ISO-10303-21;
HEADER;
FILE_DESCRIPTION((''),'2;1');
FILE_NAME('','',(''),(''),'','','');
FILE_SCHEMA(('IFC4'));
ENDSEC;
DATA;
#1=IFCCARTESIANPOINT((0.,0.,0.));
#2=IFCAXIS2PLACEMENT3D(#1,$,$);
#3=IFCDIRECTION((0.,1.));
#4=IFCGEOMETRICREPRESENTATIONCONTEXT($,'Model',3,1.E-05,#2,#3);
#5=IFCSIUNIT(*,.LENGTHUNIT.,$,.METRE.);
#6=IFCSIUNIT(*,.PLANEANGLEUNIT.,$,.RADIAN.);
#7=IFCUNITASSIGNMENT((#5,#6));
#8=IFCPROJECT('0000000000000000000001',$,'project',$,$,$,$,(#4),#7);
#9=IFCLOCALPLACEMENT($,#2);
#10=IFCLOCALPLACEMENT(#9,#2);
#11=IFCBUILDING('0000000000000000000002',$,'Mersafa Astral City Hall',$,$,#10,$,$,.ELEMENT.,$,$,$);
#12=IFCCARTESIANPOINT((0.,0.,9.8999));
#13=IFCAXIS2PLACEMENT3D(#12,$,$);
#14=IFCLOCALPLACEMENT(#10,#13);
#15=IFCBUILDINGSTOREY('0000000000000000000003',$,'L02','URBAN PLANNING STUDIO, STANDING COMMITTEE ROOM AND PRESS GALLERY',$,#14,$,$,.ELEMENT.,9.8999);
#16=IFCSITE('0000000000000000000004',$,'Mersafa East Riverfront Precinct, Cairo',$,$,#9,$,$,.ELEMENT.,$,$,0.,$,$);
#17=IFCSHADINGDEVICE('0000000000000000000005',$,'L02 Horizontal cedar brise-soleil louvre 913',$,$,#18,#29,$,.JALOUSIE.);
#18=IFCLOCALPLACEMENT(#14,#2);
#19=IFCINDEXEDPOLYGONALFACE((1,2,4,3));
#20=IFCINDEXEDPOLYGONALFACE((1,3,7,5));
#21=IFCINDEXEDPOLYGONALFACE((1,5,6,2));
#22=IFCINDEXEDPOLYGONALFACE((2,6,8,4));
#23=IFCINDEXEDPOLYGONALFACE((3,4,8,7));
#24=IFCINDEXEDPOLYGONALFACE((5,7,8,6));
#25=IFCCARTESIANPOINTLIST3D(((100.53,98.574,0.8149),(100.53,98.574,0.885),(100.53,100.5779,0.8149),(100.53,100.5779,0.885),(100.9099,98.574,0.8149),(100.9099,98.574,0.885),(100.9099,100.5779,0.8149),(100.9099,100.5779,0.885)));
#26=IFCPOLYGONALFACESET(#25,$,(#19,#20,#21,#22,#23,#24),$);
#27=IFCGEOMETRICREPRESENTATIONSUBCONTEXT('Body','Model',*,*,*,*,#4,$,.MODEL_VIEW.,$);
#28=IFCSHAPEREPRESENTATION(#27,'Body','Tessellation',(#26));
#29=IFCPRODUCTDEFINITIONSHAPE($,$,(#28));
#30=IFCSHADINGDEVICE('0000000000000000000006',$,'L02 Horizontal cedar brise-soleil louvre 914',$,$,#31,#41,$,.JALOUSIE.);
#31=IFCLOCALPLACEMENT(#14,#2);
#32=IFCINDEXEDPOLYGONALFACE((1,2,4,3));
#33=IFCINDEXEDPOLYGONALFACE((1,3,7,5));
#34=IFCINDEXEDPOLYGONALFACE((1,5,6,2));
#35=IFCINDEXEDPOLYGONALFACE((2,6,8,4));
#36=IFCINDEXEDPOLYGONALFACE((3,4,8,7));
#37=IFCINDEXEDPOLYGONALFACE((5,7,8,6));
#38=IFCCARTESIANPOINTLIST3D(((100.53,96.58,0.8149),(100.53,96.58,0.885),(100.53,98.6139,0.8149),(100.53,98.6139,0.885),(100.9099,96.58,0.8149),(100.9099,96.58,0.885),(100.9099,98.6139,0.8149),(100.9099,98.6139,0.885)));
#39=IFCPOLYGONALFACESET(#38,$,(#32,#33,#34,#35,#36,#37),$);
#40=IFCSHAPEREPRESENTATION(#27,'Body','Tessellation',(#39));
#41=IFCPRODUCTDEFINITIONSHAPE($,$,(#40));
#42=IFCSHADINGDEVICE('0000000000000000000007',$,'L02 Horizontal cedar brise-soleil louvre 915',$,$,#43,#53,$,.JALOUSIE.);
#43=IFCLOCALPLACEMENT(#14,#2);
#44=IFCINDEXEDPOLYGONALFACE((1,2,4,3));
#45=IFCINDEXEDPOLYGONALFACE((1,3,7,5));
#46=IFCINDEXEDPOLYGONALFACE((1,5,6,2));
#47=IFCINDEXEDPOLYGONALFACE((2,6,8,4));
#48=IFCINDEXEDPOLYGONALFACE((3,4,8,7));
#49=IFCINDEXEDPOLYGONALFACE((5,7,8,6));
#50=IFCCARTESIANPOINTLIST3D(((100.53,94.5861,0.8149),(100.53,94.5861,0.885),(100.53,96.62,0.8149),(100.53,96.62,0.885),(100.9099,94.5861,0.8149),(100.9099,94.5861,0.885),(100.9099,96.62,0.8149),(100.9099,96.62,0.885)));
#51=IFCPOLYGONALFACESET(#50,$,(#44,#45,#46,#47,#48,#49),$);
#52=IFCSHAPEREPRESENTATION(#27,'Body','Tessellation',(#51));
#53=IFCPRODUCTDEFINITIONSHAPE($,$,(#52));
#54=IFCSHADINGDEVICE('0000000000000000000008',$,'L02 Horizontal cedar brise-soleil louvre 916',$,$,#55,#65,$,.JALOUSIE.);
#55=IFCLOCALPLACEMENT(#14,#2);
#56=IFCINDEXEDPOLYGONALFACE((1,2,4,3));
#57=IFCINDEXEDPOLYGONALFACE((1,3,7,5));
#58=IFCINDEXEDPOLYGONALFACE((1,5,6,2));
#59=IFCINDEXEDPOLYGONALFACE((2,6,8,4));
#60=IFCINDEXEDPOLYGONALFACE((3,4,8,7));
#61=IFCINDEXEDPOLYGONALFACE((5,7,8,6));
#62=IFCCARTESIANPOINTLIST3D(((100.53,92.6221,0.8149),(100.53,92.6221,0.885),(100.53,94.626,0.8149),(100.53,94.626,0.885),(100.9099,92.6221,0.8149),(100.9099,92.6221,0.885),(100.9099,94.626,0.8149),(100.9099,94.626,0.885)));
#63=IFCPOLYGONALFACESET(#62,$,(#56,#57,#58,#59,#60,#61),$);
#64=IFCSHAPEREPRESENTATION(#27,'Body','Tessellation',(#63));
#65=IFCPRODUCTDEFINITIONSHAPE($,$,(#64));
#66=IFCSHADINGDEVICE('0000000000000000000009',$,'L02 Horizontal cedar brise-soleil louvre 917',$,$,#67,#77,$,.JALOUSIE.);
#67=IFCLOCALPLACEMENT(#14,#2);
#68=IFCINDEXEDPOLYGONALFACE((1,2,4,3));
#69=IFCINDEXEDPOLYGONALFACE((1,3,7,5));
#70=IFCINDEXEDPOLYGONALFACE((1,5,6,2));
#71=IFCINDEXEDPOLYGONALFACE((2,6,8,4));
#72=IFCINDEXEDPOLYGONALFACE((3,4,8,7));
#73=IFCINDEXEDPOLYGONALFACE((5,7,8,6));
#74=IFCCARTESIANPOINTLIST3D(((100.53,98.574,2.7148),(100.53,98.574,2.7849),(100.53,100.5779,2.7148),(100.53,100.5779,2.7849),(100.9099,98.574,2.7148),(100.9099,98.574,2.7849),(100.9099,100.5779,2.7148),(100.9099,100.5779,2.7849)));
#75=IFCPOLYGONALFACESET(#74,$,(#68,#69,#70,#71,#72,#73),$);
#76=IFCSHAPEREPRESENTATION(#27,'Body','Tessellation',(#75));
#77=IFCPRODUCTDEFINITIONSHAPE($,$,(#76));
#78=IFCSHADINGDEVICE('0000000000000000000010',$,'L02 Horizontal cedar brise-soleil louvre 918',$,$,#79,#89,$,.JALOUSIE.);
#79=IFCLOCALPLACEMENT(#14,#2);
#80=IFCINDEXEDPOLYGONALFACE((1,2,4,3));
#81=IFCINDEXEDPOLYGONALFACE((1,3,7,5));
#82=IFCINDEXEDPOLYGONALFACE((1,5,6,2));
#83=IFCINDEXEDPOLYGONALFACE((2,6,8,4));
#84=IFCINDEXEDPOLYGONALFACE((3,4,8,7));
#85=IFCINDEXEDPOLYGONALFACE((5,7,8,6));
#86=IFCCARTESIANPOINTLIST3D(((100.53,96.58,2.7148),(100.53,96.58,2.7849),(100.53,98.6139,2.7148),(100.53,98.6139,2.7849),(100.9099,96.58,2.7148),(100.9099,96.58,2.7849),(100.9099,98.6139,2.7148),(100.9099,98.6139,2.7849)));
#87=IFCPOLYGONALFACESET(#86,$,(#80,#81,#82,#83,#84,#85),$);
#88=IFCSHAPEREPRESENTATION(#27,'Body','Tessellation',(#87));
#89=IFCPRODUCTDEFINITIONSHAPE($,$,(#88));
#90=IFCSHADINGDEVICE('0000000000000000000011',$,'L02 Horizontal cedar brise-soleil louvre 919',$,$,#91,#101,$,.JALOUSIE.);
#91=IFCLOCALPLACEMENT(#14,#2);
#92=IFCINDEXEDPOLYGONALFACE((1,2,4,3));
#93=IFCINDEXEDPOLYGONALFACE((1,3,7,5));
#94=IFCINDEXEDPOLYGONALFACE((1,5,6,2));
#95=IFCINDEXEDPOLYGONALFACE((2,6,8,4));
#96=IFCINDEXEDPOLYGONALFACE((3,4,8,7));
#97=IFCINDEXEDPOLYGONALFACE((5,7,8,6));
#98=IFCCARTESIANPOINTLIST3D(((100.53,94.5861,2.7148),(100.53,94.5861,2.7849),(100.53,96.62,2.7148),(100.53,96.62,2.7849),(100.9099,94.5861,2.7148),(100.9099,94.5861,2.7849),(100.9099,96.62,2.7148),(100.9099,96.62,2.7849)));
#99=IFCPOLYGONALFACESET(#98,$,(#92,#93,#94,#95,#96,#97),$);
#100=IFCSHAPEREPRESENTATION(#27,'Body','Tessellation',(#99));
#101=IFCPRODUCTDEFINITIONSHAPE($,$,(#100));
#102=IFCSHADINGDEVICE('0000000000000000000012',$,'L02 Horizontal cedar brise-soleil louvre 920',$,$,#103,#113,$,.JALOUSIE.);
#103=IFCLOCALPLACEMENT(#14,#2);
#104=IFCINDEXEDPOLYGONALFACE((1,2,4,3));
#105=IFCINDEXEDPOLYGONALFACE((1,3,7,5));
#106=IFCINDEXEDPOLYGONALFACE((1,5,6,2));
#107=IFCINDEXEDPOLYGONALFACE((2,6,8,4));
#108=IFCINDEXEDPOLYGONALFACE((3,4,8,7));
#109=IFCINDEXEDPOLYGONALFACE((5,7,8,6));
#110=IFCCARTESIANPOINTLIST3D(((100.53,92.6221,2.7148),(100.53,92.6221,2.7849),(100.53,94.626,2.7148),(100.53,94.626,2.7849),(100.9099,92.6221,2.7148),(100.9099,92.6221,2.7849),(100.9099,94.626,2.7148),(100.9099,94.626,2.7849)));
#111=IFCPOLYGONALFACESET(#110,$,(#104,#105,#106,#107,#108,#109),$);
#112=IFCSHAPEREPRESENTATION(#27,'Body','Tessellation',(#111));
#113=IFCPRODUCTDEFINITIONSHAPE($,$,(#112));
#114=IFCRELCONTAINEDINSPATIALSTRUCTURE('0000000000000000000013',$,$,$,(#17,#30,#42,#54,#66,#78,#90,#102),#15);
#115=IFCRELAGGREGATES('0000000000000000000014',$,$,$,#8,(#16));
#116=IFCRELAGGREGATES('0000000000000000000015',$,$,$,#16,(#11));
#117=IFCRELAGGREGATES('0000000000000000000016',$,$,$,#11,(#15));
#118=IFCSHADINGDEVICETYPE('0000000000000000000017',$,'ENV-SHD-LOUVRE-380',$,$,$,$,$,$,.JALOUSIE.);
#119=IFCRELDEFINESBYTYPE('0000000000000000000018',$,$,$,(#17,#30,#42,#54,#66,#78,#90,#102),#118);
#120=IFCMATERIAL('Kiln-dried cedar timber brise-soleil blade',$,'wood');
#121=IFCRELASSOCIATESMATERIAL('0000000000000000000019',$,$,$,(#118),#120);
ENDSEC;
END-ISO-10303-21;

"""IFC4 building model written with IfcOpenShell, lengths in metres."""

from ifc_helpers import new_model, si_unit, direction, frame, origin, origin_2d, place, context, subcontext, project, spatial, rectangle, extrude, material, type_object, element, save


model = new_model("IFC4")

# Units and contexts
model_context = context("Model", 3, precision=1e-05, world=origin(), true_north=direction((0.0, 1.0)))
body_context = subcontext(model_context, "Body", "Model", "MODEL_VIEW")
ifc_project = project(units=[si_unit("LENGTHUNIT", "METRE"), si_unit("PLANEANGLEUNIT", "RADIAN")], contexts=[model_context])

# Site, building, storey
site_placement = place(None, origin())
site = spatial("IfcSite", under=ifc_project, at=site_placement, Name="Mersafa East Riverfront Precinct, Cairo", CompositionType="ELEMENT", RefElevation=0.0)
building_placement = place(site_placement, origin())
building = spatial("IfcBuilding", under=site, at=building_placement, Name="Mersafa Astral City Hall", CompositionType="ELEMENT")
storey_placement = place(building_placement, frame((0.0, 0.0, 9.8999)))
storey = spatial("IfcBuildingStorey", under=building, at=storey_placement, Name="L02", Description="URBAN PLANNING STUDIO, STANDING COMMITTEE ROOM AND PRESS GALLERY", CompositionType="ELEMENT", Elevation=9.8999)

# Shading devices
ifc_material_1 = material(Name="Kiln-dried cedar timber brise-soleil blade", Category="wood")
shading_device_type = type_object("IfcShadingDeviceType", Name="ENV-SHD-LOUVRE-380", PredefinedType="JALOUSIE", material=ifc_material_1)
shading_device_1_placement = place(storey_placement, frame((100.72, 99.5759, 0.8149), z_axis=(0.0, 0.0, 1.0), x_axis=(0.0, -1.0, 0.0)))
element("IfcShadingDevice", 1, at=shading_device_1_placement, inside=storey, type_object=shading_device_type, Name="L02 Horizontal cedar brise-soleil louvre 913", PredefinedType="JALOUSIE", context=body_context, shape_type="SweptSolid", body=[
    extrude(rectangle(XDim=2.0039, YDim=0.3799, at=origin_2d()), origin(), (0.0, 0.0, 1.0), 0.0701),
])
for number, where, z_axis, x_axis, name in (
    (2, (100.72, 97.5969, 0.8149), (0.0, 0.0, 1.0), (0.0, -1.0, 0.0), "L02 Horizontal cedar brise-soleil louvre 914"),
    (3, (100.72, 95.603, 0.8149), (0.0, 0.0, 1.0), (0.0, -1.0, 0.0), "L02 Horizontal cedar brise-soleil louvre 915"),
):
    element("IfcShadingDevice", number, at=place(storey_placement, frame(where, z_axis=z_axis, x_axis=x_axis)), inside=storey, type_object=shading_device_type, Name=name, PredefinedType="JALOUSIE", context=body_context, shape_type="SweptSolid", body=[
        extrude(rectangle(XDim=2.0339, YDim=0.3799, at=origin_2d()), origin(), (0.0, 0.0, 1.0), 0.0701),
    ])
for number, where, z_axis, x_axis, name in (
    (4, (100.72, 93.624, 0.8149), (0.0, 0.0, 1.0), (0.0, -1.0, 0.0), "L02 Horizontal cedar brise-soleil louvre 916"),
    (5, (100.72, 99.5759, 2.7148), (0.0, 0.0, 1.0), (0.0, -1.0, 0.0), "L02 Horizontal cedar brise-soleil louvre 917"),
):
    element("IfcShadingDevice", number, at=place(storey_placement, frame(where, z_axis=z_axis, x_axis=x_axis)), inside=storey, type_object=shading_device_type, Name=name, PredefinedType="JALOUSIE", context=body_context, shape_type="SweptSolid", body=[
        extrude(rectangle(XDim=2.0039, YDim=0.3799, at=origin_2d()), origin(), (0.0, 0.0, 1.0), 0.0701),
    ])
for number, where, z_axis, x_axis, name in (
    (6, (100.72, 97.5969, 2.7148), (0.0, 0.0, 1.0), (0.0, -1.0, 0.0), "L02 Horizontal cedar brise-soleil louvre 918"),
    (7, (100.72, 95.603, 2.7148), (0.0, 0.0, 1.0), (0.0, -1.0, 0.0), "L02 Horizontal cedar brise-soleil louvre 919"),
):
    element("IfcShadingDevice", number, at=place(storey_placement, frame(where, z_axis=z_axis, x_axis=x_axis)), inside=storey, type_object=shading_device_type, Name=name, PredefinedType="JALOUSIE", context=body_context, shape_type="SweptSolid", body=[
        extrude(rectangle(XDim=2.0339, YDim=0.3799, at=origin_2d()), origin(), (0.0, 0.0, 1.0), 0.0701),
    ])
shading_device_2_placement = place(storey_placement, frame((100.72, 93.624, 2.7148), z_axis=(0.0, 0.0, 1.0), x_axis=(0.0, -1.0, 0.0)))
element("IfcShadingDevice", 8, at=shading_device_2_placement, inside=storey, type_object=shading_device_type, Name="L02 Horizontal cedar brise-soleil louvre 920", PredefinedType="JALOUSIE", context=body_context, shape_type="SweptSolid", body=[
    extrude(rectangle(XDim=2.0039, YDim=0.3799, at=origin_2d()), origin(), (0.0, 0.0, 1.0), 0.0701),
])

save(model, "model.ifc")
